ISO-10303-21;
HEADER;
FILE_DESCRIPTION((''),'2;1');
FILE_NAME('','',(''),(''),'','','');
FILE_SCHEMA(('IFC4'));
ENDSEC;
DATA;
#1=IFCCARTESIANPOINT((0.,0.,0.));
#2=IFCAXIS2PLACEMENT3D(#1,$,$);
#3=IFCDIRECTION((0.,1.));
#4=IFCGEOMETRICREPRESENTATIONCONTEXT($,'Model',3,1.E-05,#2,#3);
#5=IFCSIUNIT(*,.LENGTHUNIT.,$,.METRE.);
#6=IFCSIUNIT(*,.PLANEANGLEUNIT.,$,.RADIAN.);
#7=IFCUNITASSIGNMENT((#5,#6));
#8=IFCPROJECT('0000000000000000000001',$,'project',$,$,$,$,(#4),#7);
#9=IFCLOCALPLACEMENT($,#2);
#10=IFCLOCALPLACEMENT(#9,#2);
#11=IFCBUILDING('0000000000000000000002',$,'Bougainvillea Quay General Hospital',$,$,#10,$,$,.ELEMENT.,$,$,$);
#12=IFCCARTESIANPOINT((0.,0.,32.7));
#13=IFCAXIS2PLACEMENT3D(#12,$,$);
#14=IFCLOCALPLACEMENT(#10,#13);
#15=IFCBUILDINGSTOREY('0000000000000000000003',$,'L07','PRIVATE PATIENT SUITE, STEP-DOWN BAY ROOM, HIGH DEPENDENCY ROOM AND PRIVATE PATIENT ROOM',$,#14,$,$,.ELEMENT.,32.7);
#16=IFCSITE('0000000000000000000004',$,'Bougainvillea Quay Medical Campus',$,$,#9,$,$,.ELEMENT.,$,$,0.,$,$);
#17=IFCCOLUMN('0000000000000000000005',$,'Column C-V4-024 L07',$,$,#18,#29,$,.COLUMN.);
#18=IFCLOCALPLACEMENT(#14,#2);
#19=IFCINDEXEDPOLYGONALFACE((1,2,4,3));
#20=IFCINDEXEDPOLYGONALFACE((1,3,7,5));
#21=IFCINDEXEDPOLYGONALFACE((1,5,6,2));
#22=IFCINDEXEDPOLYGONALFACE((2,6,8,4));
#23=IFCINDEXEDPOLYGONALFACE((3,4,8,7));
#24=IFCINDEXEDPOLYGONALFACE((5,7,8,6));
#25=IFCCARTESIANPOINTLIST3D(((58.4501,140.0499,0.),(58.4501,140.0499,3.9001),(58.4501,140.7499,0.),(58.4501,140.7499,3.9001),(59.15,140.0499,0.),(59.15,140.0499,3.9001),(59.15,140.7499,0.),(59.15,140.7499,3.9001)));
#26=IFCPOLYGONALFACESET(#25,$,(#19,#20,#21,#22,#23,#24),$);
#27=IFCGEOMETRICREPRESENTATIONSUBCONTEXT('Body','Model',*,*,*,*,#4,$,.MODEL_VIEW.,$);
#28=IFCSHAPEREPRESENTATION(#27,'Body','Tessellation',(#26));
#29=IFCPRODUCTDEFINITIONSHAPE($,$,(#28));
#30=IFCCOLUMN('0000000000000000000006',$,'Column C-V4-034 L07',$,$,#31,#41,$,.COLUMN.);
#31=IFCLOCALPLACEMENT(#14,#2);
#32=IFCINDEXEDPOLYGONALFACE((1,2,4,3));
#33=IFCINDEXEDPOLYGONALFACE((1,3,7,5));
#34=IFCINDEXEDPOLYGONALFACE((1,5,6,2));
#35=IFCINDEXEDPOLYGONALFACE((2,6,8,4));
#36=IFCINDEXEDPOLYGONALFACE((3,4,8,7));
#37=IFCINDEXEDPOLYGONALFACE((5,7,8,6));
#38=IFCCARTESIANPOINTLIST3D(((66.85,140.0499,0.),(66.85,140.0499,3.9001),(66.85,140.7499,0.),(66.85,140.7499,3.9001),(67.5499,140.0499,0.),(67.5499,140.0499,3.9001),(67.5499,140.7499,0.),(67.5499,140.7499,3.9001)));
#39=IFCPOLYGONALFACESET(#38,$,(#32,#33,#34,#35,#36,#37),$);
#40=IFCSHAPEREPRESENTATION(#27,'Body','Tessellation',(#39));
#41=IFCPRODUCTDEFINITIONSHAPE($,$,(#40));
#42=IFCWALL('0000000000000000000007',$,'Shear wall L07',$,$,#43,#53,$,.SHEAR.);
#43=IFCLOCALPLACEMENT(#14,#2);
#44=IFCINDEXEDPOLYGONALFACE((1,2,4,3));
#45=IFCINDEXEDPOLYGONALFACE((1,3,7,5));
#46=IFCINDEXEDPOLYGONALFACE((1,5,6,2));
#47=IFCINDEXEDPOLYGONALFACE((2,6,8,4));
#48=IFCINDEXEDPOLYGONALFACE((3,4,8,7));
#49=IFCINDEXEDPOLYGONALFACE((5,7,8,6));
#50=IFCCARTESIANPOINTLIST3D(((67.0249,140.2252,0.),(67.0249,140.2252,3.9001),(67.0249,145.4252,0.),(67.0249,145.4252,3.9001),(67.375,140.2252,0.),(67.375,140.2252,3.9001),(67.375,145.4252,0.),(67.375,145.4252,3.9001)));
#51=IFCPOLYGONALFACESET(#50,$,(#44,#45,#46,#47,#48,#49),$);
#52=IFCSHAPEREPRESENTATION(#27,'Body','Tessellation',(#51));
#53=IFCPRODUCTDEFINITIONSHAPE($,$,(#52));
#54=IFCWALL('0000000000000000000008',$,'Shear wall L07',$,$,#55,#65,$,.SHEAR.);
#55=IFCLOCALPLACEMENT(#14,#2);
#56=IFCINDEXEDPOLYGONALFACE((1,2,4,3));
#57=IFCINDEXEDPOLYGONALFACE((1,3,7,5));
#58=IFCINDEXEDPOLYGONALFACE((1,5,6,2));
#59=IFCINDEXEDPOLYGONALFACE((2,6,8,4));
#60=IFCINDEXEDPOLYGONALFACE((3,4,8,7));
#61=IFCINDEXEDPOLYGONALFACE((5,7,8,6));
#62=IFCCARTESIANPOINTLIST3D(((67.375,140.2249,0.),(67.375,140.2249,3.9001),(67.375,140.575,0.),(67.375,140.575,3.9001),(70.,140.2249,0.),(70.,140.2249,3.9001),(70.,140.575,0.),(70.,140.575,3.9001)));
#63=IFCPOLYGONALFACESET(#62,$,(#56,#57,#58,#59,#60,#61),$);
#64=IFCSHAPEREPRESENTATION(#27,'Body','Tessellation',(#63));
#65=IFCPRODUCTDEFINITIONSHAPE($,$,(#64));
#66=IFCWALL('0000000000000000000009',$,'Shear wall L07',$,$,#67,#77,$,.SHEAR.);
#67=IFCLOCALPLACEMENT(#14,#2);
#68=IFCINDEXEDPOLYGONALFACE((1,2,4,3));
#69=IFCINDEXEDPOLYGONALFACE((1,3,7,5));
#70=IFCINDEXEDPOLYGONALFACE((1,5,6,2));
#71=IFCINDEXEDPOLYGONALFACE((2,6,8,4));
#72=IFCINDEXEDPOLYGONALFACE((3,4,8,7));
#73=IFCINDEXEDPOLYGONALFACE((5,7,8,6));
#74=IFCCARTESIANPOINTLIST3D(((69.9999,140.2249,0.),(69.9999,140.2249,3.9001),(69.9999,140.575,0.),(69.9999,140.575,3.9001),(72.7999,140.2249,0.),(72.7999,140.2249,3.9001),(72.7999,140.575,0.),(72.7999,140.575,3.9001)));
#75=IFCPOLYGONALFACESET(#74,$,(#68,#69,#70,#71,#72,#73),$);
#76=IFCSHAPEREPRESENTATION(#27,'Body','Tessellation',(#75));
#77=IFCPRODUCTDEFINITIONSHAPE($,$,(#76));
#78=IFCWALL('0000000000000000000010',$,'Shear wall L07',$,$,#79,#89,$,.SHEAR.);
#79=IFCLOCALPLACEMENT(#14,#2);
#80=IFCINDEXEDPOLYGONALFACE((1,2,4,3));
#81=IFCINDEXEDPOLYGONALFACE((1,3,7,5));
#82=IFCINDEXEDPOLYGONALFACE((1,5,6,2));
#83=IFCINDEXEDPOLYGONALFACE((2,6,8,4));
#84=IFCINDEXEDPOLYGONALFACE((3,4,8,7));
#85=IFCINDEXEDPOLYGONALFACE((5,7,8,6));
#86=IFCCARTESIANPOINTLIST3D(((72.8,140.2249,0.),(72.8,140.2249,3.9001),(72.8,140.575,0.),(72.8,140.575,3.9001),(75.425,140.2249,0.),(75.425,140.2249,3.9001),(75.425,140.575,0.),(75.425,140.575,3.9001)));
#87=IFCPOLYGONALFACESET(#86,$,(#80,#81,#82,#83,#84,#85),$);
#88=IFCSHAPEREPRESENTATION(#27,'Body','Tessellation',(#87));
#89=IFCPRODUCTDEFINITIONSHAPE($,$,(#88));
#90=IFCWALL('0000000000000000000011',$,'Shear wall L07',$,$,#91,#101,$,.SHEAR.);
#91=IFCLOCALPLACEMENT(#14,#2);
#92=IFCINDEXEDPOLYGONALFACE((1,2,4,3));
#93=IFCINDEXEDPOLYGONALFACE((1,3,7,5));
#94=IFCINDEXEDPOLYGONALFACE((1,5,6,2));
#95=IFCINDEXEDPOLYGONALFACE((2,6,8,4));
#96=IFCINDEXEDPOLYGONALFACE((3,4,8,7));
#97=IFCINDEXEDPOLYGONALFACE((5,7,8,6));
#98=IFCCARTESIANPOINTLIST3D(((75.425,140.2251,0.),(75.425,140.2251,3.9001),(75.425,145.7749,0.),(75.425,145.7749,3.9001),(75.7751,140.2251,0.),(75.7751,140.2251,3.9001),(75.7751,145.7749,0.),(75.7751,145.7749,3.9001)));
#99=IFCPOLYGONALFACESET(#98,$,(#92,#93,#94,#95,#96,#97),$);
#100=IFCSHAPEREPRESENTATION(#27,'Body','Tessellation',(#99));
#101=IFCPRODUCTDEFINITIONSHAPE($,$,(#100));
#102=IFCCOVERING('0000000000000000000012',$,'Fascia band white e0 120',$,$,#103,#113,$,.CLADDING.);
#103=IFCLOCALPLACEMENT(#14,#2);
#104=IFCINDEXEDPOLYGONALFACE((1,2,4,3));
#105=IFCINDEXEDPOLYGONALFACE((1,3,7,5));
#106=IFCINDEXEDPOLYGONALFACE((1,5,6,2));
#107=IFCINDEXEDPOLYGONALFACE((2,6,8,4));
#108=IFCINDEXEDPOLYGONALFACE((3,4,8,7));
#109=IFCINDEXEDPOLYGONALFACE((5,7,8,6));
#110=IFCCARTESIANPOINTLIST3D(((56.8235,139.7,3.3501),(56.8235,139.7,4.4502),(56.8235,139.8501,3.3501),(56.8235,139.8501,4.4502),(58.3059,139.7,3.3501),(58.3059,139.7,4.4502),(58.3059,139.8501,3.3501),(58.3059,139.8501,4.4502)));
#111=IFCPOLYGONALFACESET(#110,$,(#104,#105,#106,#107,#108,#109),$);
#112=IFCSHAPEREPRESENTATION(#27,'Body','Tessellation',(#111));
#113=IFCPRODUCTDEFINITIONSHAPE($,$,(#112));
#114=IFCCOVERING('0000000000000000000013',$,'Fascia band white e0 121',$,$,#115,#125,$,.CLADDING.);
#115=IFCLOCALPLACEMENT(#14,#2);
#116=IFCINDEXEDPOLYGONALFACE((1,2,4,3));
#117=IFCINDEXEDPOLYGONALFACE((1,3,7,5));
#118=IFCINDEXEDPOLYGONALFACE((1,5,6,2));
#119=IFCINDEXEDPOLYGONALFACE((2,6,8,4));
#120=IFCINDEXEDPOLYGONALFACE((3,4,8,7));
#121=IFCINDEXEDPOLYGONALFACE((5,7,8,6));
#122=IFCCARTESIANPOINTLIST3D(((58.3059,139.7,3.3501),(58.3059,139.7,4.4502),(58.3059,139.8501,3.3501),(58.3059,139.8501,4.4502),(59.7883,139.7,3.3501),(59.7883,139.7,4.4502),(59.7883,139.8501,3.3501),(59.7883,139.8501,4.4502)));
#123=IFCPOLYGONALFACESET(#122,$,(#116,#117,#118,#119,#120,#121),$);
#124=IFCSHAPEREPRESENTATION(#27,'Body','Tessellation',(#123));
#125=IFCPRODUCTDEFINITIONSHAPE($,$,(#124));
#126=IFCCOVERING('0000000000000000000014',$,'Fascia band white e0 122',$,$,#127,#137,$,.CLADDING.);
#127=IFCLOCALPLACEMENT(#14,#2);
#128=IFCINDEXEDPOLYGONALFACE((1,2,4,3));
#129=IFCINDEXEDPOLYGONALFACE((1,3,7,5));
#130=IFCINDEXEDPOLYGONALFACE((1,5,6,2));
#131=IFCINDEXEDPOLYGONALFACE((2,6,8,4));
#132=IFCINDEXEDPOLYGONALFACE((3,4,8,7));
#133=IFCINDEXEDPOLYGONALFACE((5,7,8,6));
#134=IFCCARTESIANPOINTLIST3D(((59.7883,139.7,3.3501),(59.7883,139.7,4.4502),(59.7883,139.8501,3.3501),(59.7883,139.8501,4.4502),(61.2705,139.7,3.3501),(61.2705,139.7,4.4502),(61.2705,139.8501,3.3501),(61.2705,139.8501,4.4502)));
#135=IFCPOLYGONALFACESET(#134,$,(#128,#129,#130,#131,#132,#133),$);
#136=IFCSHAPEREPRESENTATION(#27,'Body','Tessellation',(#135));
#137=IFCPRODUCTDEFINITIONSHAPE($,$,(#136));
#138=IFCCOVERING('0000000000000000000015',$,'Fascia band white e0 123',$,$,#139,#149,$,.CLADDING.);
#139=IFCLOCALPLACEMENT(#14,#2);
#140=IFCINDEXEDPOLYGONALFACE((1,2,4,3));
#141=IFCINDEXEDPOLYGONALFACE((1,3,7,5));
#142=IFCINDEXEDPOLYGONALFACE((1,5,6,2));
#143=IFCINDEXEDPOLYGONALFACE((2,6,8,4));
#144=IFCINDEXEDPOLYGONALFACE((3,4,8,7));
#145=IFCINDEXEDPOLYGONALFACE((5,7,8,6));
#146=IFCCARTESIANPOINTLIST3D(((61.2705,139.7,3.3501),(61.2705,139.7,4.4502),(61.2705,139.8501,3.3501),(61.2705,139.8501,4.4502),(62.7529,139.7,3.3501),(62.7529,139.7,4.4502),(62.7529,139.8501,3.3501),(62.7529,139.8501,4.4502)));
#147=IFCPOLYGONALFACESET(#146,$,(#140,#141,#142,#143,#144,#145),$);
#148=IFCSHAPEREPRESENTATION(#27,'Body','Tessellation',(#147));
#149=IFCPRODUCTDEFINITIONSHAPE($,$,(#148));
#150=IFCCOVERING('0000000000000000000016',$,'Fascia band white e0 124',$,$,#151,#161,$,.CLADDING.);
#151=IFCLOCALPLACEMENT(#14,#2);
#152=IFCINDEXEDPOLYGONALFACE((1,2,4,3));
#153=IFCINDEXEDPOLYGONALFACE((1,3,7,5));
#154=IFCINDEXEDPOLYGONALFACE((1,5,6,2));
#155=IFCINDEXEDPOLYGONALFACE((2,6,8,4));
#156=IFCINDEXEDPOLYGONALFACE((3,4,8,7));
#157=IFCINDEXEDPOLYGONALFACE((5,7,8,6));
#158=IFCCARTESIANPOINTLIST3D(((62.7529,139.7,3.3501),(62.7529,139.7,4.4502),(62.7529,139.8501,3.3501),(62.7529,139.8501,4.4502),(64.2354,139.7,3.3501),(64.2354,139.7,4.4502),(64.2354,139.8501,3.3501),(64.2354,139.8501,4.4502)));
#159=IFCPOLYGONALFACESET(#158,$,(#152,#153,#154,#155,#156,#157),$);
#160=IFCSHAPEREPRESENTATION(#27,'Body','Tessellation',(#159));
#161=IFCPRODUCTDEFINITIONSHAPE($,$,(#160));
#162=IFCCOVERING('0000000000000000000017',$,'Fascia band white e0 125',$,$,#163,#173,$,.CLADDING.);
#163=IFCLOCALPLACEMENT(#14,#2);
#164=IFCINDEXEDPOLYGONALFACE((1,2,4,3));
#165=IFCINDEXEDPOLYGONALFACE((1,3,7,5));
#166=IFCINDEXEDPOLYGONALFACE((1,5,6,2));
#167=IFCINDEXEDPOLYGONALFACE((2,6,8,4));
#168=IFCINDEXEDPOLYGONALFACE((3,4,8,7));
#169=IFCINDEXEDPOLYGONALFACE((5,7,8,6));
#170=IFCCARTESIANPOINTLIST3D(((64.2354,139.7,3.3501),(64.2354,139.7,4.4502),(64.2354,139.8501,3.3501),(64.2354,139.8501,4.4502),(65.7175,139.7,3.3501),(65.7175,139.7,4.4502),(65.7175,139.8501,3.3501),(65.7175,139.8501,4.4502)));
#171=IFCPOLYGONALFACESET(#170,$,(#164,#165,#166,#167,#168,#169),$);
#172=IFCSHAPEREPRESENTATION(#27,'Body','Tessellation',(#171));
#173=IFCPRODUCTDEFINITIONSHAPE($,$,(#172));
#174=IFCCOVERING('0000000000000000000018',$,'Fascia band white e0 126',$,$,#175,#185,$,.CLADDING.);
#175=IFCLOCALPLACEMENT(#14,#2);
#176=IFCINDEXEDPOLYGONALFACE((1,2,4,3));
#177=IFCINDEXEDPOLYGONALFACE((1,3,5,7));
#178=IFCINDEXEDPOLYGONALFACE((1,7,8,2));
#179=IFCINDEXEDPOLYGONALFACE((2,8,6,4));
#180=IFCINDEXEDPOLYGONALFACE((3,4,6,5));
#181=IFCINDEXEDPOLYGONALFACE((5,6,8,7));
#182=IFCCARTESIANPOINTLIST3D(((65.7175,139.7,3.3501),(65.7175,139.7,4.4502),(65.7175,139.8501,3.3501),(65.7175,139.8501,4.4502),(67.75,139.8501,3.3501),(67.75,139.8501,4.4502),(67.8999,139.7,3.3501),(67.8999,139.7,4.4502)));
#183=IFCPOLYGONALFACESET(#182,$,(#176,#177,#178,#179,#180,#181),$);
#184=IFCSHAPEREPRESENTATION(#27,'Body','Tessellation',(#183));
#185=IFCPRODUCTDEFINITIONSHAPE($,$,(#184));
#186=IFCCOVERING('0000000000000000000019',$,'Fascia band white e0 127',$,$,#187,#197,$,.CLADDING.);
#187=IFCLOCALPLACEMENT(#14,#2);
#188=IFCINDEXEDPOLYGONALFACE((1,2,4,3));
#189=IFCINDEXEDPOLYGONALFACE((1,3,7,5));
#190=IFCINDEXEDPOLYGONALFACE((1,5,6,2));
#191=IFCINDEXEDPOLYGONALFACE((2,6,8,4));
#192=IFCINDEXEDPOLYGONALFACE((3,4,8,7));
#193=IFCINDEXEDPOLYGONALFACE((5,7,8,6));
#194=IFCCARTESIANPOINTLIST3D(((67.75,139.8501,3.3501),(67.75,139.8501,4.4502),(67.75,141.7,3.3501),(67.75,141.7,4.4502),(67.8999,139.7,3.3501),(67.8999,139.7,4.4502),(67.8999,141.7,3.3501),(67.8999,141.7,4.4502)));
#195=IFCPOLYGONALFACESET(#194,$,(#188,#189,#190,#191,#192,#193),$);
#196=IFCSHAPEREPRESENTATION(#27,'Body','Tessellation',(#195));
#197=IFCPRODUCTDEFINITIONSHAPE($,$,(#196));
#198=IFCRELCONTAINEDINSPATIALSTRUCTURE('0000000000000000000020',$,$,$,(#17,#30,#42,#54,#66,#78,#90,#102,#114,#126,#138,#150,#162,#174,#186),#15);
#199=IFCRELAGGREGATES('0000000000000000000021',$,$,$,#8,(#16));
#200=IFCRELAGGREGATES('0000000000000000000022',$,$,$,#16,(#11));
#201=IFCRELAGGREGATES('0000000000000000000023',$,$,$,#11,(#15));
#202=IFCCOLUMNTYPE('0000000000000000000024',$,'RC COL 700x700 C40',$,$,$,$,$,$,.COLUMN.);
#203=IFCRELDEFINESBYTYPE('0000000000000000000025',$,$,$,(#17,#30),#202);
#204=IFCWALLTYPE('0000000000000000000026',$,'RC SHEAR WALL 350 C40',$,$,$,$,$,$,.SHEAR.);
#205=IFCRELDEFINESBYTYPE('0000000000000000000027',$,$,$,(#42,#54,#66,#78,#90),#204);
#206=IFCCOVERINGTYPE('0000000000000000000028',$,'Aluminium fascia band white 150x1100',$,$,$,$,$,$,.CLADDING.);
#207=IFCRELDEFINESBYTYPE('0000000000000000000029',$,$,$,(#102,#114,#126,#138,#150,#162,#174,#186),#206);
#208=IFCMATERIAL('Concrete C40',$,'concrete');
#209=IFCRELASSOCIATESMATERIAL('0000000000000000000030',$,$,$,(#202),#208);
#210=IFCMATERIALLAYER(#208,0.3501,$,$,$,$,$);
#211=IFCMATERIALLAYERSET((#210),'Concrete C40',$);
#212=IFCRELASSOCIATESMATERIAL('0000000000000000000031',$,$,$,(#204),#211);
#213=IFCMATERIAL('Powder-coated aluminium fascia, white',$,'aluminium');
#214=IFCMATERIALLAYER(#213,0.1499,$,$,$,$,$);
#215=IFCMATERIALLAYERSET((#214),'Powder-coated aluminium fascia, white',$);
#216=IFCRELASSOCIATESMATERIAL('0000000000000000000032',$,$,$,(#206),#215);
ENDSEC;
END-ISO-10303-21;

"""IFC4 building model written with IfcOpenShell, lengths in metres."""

from ifc_helpers import new_model, si_unit, direction, frame, frame_2d, origin, origin_2d, place, context, subcontext, project, spatial, polyline, rectangle, outline, extrude, material, layer, layer_set, material_profile, profile_set, type_object, element, save


model = new_model("IFC4")

# Units and contexts
model_context = context("Model", 3, precision=1e-05, world=origin(), true_north=direction((0.0, 1.0)))
body_context = subcontext(model_context, "Body", "Model", "MODEL_VIEW")
ifc_project = project(units=[si_unit("LENGTHUNIT", "METRE"), si_unit("PLANEANGLEUNIT", "RADIAN")], contexts=[model_context])

# Site, building, storey
site_placement = place(None, origin())
site = spatial("IfcSite", under=ifc_project, at=site_placement, Name="Bougainvillea Quay Medical Campus", CompositionType="ELEMENT", RefElevation=0.0)
building_placement = place(site_placement, origin())
building = spatial("IfcBuilding", under=site, at=building_placement, Name="Bougainvillea Quay General Hospital", CompositionType="ELEMENT")
storey_placement = place(building_placement, frame((0.0, 0.0, 32.7)))
storey = spatial("IfcBuildingStorey", under=building, at=storey_placement, Name="L07", Description="PRIVATE PATIENT SUITE, STEP-DOWN BAY ROOM, HIGH DEPENDENCY ROOM AND PRIVATE PATIENT ROOM", CompositionType="ELEMENT", Elevation=32.7)

# Columns
ifc_material_1 = material(Name="Concrete C40", Category="concrete")
ifc_material_profile_1 = material_profile(ifc_material_1, rectangle(XDim=0.7, YDim=0.7, at=origin_2d()))
ifc_profile_set_1 = profile_set([ifc_material_profile_1], Name="Concrete C40")
column_type = type_object("IfcColumnType", Name="RC COL 700x700 C40", PredefinedType="COLUMN", material=ifc_profile_set_1)
for number, where, z_axis, x_axis, name in (
    (1, (58.8, 140.3999, 0.0), (0.0, 0.0, 1.0), (1.0, 0.0, 0.0), "Column C-V4-024 L07"),
    (2, (67.2, 140.3999, 0.0), (0.0, 0.0, 1.0), (1.0, 0.0, 0.0), "Column C-V4-034 L07"),
):
    element("IfcColumn", number, at=place(storey_placement, frame(where, z_axis=z_axis, x_axis=x_axis)), inside=storey, type_object=column_type, Name=name, PredefinedType="COLUMN", context=body_context, shape_type="SweptSolid", body=[
        extrude(rectangle(XDim=0.7, YDim=0.7, at=origin_2d()), origin(), (0.0, 0.0, 1.0), 3.9001),
    ])

# Walls
ifc_layer_1 = layer(ifc_material_1, 0.3501)
ifc_layer_set_1 = layer_set([ifc_layer_1], Name="Concrete C40")
wall_type = type_object("IfcWallType", Name="RC SHEAR WALL 350 C40", PredefinedType="SHEAR", material=ifc_layer_set_1)
wall_1_placement = place(storey_placement, frame((67.2, 140.2251, 0.0), z_axis=(0.0, 0.0, 1.0), x_axis=(0.0, 1.0, 0.0)))
element("IfcWall", 3, at=wall_1_placement, inside=storey, type_object=wall_type, Name="Shear wall L07", PredefinedType="SHEAR", context=body_context, shape_type="SweptSolid", body=[
    extrude(rectangle(XDim=5.2, YDim=0.3501, at=frame_2d((2.6001, 0.0))), origin(), (0.0, 0.0, 1.0), 3.9001),
])
wall_2_placement = place(storey_placement, frame((67.375, 140.3999, 0.0), z_axis=(0.0, 0.0, 1.0), x_axis=(1.0, 0.0, 0.0)))
element("IfcWall", 4, at=wall_2_placement, inside=storey, type_object=wall_type, Name="Shear wall L07", PredefinedType="SHEAR", context=body_context, shape_type="SweptSolid", body=[
    extrude(rectangle(XDim=2.625, YDim=0.3501, at=frame_2d((1.3125, 0.0))), origin(), (0.0, 0.0, 1.0), 3.9001),
])
wall_3_placement = place(storey_placement, frame((70.0, 140.3999, 0.0), z_axis=(0.0, 0.0, 1.0), x_axis=(1.0, 0.0, 0.0)))
element("IfcWall", 5, at=wall_3_placement, inside=storey, type_object=wall_type, Name="Shear wall L07", PredefinedType="SHEAR", context=body_context, shape_type="SweptSolid", body=[
    extrude(rectangle(XDim=2.8, YDim=0.3501, at=frame_2d((1.3999, 0.0))), origin(), (0.0, 0.0, 1.0), 3.9001),
])
wall_4_placement = place(storey_placement, frame((72.8, 140.3999, 0.0), z_axis=(0.0, 0.0, 1.0), x_axis=(1.0, 0.0, 0.0)))
element("IfcWall", 6, at=wall_4_placement, inside=storey, type_object=wall_type, Name="Shear wall L07", PredefinedType="SHEAR", context=body_context, shape_type="SweptSolid", body=[
    extrude(rectangle(XDim=2.625, YDim=0.3501, at=frame_2d((1.3125, 0.0))), origin(), (0.0, 0.0, 1.0), 3.9001),
])
wall_5_placement = place(storey_placement, frame((75.6001, 140.2251, 0.0), z_axis=(0.0, 0.0, 1.0), x_axis=(0.0, 1.0, 0.0)))
element("IfcWall", 7, at=wall_5_placement, inside=storey, type_object=wall_type, Name="Shear wall L07", PredefinedType="SHEAR", context=body_context, shape_type="SweptSolid", body=[
    extrude(rectangle(XDim=5.5498, YDim=0.3501, at=frame_2d((2.7749, 0.0))), origin(), (0.0, 0.0, 1.0), 3.9001),
])

# Coverings
ifc_material_2 = material(Name="Powder-coated aluminium fascia, white", Category="aluminium")
ifc_layer_2 = layer(ifc_material_2, 0.1499)
ifc_layer_set_2 = layer_set([ifc_layer_2], Name="Powder-coated aluminium fascia, white")
covering_type = type_object("IfcCoveringType", Name="Aluminium fascia band white 150x1100", PredefinedType="CLADDING", material=ifc_layer_set_2)
for number, where, z_axis, x_axis, name in (
    (8, (56.8235, 139.8501, 3.3501), (0.0, 0.0, 1.0), (1.0, 0.0, 0.0), "Fascia band white e0 120"),
    (9, (58.3059, 139.8501, 3.3501), (0.0, 0.0, 1.0), (1.0, 0.0, 0.0), "Fascia band white e0 121"),
):
    element("IfcCovering", number, at=place(storey_placement, frame(where, z_axis=z_axis, x_axis=x_axis)), inside=storey, type_object=covering_type, Name=name, PredefinedType="CLADDING", context=body_context, shape_type="SweptSolid", body=[
        extrude(outline(polyline([(0.0, 0.0), (1.4824, 0.0), (1.4824, -0.1501), (0.0, -0.1501), (0.0, 0.0)])), origin(), (0.0, 0.0, 1.0), 1.1001),
    ])
covering_1_placement = place(storey_placement, frame((59.7883, 139.8501, 3.3501), z_axis=(0.0, 0.0, 1.0), x_axis=(1.0, 0.0, 0.0)))
element("IfcCovering", 10, at=covering_1_placement, inside=storey, type_object=covering_type, Name="Fascia band white e0 122", PredefinedType="CLADDING", context=body_context, shape_type="SweptSolid", body=[
    extrude(outline(polyline([(0.0, 0.0), (1.4822, 0.0), (1.4822, -0.1501), (0.0, -0.1501), (0.0, 0.0)])), origin(), (0.0, 0.0, 1.0), 1.1001),
])
for number, where, z_axis, x_axis, name in (
    (11, (61.2705, 139.8501, 3.3501), (0.0, 0.0, 1.0), (1.0, 0.0, 0.0), "Fascia band white e0 123"),
    (12, (62.7529, 139.8501, 3.3501), (0.0, 0.0, 1.0), (1.0, 0.0, 0.0), "Fascia band white e0 124"),
):
    element("IfcCovering", number, at=place(storey_placement, frame(where, z_axis=z_axis, x_axis=x_axis)), inside=storey, type_object=covering_type, Name=name, PredefinedType="CLADDING", context=body_context, shape_type="SweptSolid", body=[
        extrude(outline(polyline([(0.0, 0.0), (1.4824, 0.0), (1.4824, -0.1501), (0.0, -0.1501), (0.0, 0.0)])), origin(), (0.0, 0.0, 1.0), 1.1001),
    ])
covering_2_placement = place(storey_placement, frame((64.2354, 139.8501, 3.3501), z_axis=(0.0, 0.0, 1.0), x_axis=(1.0, 0.0, 0.0)))
element("IfcCovering", 13, at=covering_2_placement, inside=storey, type_object=covering_type, Name="Fascia band white e0 125", PredefinedType="CLADDING", context=body_context, shape_type="SweptSolid", body=[
    extrude(outline(polyline([(0.0, 0.0), (1.4822, 0.0), (1.4822, -0.1501), (0.0, -0.1501), (0.0, 0.0)])), origin(), (0.0, 0.0, 1.0), 1.1001),
])
covering_3_placement = place(storey_placement, frame((65.7175, 139.8501, 3.3501), z_axis=(0.0, 0.0, 1.0), x_axis=(1.0, 0.0, 0.0)))
element("IfcCovering", 14, at=covering_3_placement, inside=storey, type_object=covering_type, Name="Fascia band white e0 126", PredefinedType="CLADDING", context=body_context, shape_type="SweptSolid", body=[
    extrude(outline(polyline([(0.0, 0.0), (2.0325, 0.0), (2.1824, -0.1501), (0.0, -0.1501), (0.0, 0.0)])), origin(), (0.0, 0.0, 1.0), 1.1001),
])
covering_4_placement = place(storey_placement, frame((67.75, 139.8501, 3.3501), z_axis=(0.0, 0.0, 1.0), x_axis=(0.0, 1.0, 0.0)))
element("IfcCovering", 15, at=covering_4_placement, inside=storey, type_object=covering_type, Name="Fascia band white e0 127", PredefinedType="CLADDING", context=body_context, shape_type="SweptSolid", body=[
    extrude(outline(polyline([(0.0, 0.0), (1.8499, 0.0), (1.8499, -0.1499), (-0.1501, -0.1499), (0.0, 0.0)])), origin(), (0.0, 0.0, 1.0), 1.1001),
])

save(model, "model.ifc")
